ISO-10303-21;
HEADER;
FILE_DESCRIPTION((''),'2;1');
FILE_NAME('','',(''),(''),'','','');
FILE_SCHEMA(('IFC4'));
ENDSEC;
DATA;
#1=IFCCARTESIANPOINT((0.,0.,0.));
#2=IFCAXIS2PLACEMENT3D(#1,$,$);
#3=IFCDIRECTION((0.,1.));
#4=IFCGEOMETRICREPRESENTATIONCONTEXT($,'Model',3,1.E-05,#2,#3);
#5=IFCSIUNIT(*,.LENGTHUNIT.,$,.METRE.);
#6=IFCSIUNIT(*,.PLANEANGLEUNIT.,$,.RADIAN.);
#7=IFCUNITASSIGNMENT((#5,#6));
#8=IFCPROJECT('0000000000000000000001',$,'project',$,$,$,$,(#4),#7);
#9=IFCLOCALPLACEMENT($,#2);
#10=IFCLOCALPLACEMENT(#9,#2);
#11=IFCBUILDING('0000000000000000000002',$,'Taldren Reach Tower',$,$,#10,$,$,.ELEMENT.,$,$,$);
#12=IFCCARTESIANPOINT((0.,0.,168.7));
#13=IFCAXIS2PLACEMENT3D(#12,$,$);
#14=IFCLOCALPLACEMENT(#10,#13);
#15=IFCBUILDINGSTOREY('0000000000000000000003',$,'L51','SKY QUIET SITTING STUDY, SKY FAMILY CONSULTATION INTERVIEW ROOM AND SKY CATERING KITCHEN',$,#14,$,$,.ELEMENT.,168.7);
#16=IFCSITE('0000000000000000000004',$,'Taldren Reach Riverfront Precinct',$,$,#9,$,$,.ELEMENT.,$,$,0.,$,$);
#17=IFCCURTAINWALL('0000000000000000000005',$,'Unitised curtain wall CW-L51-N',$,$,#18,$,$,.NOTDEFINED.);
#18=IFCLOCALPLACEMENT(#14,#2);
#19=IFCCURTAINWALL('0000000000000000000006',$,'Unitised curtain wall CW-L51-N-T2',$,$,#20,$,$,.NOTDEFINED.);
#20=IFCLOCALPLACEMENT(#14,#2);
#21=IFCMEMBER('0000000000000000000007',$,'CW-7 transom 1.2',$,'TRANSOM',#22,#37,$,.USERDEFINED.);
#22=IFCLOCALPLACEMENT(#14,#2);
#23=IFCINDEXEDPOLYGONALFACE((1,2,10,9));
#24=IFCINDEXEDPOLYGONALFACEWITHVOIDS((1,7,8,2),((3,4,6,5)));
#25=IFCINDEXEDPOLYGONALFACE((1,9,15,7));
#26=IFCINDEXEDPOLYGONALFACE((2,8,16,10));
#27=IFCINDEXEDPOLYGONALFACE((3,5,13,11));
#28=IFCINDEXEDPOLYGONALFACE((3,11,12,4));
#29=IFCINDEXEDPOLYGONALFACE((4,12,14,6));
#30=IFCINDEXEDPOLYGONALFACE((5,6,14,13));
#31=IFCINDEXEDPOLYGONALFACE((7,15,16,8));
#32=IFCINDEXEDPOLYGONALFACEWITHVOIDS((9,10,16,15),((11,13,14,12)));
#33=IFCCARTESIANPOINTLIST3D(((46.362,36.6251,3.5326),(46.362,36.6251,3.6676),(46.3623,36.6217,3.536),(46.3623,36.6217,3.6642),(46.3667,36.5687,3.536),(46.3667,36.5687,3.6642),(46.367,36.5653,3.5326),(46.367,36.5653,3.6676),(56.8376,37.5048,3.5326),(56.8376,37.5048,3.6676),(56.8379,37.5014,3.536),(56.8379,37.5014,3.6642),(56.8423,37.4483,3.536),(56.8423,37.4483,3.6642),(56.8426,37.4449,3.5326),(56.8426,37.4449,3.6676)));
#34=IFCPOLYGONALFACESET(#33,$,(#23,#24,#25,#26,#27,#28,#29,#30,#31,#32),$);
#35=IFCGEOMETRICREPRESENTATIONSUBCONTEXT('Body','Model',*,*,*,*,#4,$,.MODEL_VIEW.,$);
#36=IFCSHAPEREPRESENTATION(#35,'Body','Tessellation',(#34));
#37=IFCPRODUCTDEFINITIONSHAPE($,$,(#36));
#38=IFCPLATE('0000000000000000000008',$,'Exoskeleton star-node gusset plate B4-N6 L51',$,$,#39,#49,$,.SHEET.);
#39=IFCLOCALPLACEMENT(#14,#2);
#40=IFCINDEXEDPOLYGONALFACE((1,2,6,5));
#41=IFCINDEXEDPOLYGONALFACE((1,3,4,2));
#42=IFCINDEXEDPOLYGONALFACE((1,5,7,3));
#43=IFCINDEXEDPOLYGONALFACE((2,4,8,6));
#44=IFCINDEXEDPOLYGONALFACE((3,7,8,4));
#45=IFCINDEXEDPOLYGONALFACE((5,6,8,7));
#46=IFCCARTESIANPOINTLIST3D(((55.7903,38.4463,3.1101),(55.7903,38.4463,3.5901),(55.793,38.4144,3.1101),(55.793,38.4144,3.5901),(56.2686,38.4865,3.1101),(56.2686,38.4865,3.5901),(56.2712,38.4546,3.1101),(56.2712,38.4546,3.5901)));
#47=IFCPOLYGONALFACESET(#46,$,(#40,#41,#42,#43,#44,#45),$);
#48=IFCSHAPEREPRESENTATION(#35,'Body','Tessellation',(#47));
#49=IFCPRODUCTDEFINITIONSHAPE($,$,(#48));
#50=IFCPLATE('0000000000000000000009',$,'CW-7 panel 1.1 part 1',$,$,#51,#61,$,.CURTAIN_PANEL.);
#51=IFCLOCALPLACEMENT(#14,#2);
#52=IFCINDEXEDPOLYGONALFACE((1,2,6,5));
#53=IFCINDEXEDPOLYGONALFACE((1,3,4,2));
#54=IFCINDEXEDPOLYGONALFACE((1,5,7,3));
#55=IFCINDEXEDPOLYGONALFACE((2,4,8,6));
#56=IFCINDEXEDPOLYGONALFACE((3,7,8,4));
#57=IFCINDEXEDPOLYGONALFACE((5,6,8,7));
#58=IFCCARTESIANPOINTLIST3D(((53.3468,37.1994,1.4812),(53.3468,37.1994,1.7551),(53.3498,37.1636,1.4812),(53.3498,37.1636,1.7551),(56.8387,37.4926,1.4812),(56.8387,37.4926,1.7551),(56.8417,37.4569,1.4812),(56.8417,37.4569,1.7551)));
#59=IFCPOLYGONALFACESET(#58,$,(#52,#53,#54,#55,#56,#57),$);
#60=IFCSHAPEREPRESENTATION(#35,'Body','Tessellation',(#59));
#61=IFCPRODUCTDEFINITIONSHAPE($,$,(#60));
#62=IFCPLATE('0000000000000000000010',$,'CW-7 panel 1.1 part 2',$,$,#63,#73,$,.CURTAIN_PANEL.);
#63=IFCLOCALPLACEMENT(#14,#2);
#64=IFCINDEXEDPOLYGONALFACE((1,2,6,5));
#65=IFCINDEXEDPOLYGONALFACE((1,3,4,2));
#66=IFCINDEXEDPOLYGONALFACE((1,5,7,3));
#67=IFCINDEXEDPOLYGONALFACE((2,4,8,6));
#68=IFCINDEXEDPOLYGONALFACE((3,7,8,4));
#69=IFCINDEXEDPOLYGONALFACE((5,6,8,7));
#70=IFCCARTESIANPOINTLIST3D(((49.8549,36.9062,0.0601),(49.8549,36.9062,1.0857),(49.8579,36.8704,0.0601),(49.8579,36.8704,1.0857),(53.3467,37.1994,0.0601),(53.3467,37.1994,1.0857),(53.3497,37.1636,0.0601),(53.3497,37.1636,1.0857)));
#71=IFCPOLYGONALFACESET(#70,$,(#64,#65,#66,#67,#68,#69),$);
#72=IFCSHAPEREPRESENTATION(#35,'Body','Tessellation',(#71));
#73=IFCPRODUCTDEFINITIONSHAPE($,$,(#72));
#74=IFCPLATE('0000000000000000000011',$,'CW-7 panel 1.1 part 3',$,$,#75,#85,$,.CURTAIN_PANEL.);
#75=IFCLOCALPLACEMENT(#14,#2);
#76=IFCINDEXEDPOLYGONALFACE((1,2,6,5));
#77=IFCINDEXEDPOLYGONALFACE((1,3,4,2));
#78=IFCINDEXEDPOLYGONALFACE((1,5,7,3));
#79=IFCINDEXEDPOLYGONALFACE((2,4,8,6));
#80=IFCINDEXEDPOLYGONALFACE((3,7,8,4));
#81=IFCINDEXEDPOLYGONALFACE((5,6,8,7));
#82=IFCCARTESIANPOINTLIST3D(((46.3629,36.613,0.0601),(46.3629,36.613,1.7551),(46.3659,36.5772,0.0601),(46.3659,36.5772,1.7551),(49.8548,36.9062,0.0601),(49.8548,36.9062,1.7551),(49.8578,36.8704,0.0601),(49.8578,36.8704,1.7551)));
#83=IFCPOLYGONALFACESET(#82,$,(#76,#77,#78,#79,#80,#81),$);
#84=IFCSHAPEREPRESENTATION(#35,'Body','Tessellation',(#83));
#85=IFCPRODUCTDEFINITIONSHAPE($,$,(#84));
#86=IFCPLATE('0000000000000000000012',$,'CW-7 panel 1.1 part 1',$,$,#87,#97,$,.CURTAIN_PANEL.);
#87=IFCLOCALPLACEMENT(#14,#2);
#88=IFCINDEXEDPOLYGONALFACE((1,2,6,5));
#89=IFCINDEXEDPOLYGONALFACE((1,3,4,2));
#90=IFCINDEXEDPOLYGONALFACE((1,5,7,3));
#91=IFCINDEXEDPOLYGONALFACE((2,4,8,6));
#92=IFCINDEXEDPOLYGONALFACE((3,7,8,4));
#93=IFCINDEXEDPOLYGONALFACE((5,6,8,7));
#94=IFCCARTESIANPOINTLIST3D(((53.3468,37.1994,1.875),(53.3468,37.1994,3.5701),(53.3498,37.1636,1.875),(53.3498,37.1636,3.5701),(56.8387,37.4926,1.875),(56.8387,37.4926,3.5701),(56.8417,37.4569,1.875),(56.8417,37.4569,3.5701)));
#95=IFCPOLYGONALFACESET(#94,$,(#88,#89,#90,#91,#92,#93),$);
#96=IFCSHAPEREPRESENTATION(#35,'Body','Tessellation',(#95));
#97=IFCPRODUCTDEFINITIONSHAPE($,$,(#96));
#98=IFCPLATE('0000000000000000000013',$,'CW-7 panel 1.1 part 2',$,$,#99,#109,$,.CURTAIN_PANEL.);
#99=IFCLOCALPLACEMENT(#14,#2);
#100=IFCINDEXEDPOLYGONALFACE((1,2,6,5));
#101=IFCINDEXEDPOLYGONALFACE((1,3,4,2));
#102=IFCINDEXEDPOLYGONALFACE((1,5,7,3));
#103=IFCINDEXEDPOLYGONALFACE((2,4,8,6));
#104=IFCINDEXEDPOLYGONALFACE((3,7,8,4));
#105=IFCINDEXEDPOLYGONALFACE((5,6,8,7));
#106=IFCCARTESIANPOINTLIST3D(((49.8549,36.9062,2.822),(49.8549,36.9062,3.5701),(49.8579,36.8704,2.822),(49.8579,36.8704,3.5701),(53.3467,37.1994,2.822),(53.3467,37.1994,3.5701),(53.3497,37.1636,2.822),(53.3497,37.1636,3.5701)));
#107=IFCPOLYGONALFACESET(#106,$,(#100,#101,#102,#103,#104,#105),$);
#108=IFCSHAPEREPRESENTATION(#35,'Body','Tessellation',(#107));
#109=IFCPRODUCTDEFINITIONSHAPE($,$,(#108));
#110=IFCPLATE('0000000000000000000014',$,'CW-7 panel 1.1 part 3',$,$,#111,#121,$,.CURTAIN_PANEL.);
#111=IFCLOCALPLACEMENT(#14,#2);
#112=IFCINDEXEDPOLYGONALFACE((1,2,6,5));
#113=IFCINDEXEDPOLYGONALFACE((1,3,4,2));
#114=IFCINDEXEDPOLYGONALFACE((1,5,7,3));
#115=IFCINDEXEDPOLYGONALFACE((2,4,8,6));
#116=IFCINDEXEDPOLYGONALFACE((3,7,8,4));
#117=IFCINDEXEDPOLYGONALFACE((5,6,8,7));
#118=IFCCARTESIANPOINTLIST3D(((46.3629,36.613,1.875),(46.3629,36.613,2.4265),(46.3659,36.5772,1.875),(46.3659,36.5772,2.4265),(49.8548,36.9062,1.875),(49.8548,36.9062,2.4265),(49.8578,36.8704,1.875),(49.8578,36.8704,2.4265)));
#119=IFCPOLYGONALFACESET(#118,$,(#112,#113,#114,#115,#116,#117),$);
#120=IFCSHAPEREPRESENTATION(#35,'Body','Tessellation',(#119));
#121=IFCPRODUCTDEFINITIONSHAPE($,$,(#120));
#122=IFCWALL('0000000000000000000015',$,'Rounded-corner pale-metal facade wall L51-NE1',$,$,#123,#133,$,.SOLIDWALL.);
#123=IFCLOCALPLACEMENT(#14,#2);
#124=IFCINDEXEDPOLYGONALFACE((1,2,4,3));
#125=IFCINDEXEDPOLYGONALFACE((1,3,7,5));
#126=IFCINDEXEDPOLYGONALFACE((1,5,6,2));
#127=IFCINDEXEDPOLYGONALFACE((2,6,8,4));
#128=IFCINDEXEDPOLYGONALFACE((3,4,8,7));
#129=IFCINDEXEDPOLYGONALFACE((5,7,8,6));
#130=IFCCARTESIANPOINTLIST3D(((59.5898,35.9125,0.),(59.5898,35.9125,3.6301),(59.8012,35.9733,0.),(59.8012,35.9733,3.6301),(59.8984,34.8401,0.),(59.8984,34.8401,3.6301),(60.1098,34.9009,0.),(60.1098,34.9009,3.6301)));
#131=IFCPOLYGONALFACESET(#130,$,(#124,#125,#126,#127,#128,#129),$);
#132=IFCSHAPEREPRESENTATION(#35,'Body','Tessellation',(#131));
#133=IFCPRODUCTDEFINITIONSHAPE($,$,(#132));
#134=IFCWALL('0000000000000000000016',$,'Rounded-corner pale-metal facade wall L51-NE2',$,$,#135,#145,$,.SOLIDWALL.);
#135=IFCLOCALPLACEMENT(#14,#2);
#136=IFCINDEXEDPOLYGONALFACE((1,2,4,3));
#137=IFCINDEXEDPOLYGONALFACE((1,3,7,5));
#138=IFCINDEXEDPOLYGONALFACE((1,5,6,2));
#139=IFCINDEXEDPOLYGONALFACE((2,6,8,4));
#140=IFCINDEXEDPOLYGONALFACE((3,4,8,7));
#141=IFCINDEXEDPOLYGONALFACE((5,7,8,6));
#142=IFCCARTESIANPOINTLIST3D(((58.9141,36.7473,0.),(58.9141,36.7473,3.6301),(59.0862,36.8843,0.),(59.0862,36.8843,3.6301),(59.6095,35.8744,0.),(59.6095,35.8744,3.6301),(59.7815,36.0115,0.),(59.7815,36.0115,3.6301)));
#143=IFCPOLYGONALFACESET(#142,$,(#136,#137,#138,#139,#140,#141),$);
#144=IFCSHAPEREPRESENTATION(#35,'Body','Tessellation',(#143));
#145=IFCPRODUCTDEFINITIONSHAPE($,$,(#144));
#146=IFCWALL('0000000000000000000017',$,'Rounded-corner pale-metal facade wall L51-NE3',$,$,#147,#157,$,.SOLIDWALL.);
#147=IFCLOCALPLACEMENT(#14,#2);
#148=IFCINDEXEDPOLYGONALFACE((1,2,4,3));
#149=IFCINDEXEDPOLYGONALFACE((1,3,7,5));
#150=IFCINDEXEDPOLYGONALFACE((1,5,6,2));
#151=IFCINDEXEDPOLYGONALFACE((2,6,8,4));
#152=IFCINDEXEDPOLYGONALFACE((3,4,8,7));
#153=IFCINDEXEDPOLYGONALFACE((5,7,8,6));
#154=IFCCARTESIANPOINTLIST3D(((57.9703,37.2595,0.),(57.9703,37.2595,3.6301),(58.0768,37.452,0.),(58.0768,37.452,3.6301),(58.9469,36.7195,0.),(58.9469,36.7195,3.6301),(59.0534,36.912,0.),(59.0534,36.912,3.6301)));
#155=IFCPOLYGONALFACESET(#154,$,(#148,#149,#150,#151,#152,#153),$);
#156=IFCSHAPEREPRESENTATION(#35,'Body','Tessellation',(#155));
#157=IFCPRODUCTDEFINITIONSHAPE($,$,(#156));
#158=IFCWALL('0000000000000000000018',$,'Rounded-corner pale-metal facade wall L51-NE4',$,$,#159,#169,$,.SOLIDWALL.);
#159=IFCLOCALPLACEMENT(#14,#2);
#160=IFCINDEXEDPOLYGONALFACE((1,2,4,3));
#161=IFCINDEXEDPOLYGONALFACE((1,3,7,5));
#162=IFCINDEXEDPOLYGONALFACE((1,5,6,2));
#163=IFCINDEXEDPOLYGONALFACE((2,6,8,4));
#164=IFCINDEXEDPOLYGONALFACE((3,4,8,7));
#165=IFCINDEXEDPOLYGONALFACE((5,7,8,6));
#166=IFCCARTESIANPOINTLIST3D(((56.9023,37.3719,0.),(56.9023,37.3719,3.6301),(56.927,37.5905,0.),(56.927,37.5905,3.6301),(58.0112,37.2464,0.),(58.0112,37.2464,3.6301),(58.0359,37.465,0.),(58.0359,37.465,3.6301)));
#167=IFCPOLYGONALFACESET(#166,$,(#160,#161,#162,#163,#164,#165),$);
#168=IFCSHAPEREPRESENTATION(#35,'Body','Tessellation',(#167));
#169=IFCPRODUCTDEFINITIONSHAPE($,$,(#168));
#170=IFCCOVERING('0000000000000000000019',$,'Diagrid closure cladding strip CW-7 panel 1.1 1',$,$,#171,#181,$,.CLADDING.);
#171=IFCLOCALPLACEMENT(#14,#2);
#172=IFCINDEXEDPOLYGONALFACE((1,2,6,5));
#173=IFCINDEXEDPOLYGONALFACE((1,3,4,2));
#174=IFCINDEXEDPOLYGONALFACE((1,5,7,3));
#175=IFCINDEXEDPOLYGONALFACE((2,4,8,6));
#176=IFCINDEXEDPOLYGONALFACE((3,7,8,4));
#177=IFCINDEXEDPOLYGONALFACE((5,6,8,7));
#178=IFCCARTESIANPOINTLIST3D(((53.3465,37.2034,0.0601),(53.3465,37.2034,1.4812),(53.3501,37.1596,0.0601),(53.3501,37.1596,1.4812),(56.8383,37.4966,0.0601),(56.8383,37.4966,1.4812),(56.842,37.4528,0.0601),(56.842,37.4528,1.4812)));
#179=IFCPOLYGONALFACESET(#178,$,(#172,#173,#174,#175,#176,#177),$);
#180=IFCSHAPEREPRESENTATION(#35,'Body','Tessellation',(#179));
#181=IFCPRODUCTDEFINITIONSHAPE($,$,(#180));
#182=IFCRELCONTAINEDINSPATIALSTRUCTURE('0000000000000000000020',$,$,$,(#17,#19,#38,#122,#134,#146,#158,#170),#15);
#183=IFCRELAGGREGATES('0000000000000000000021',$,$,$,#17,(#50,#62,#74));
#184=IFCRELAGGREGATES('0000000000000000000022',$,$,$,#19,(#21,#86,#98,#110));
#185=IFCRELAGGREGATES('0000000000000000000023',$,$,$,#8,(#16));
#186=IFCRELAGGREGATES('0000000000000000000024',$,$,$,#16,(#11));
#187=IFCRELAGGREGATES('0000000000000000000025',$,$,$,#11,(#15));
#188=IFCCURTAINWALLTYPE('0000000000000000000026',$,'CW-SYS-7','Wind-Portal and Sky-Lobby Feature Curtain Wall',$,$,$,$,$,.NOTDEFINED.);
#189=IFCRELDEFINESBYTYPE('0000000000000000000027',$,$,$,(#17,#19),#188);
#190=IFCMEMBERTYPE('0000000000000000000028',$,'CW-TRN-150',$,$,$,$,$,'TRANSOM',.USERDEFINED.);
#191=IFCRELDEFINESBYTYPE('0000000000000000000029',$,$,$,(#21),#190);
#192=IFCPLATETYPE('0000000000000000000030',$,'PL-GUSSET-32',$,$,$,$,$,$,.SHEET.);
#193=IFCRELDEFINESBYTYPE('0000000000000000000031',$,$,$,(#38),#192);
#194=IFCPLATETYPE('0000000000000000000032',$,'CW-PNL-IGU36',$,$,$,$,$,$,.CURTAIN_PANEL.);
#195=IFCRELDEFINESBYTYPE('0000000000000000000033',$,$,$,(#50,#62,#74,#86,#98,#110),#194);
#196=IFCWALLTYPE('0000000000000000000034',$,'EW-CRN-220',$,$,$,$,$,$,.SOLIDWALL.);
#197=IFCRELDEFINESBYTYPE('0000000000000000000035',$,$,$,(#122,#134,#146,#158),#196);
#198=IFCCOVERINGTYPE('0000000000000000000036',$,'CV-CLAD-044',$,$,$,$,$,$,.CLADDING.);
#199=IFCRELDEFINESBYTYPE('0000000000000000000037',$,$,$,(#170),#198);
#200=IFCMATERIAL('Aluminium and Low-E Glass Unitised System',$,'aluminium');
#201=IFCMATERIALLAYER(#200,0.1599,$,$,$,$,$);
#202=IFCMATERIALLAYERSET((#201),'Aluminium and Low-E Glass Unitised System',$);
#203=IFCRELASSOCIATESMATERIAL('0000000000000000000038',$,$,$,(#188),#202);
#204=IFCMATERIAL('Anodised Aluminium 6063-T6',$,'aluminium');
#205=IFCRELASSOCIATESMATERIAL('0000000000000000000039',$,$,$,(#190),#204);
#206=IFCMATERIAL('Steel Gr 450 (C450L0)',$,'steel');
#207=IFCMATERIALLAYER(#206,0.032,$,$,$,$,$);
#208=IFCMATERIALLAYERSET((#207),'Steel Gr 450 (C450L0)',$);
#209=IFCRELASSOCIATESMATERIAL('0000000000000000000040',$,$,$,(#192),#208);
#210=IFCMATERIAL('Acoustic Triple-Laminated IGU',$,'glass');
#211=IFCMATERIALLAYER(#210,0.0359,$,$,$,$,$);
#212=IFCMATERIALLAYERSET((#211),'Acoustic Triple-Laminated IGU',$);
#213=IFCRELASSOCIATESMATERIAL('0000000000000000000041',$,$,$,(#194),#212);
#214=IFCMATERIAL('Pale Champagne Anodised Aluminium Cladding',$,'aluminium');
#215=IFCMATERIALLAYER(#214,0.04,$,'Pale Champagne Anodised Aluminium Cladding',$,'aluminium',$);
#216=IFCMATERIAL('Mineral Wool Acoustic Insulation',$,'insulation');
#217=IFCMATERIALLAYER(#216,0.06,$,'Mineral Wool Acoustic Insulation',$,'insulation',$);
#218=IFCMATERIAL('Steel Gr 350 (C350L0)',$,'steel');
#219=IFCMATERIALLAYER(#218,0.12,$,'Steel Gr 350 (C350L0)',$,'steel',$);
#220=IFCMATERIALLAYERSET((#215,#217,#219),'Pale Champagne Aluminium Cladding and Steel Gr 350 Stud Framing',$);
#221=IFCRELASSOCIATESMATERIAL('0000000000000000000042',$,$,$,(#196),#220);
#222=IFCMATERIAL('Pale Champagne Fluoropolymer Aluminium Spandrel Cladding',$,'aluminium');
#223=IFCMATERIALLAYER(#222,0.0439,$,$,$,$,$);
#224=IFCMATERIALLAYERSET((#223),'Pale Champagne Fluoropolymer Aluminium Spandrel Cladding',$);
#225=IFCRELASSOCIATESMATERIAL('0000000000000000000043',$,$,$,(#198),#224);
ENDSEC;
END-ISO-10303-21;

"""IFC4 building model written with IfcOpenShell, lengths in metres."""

from ifc_helpers import new_model, si_unit, direction, frame, frame_2d, origin, origin_2d, place, context, subcontext, project, spatial, rectangle, hollow_rectangle, extrude, source, transform, mapped, material, layer, layer_set, material_profile, profile_set, type_object, element, aggregate, save


model = new_model("IFC4")

# Units and contexts
model_context = context("Model", 3, precision=1e-05, world=origin(), true_north=direction((0.0, 1.0)))
body_context = subcontext(model_context, "Body", "Model", "MODEL_VIEW")
ifc_project = project(units=[si_unit("LENGTHUNIT", "METRE"), si_unit("PLANEANGLEUNIT", "RADIAN")], contexts=[model_context])

# Site, building, storey
site_placement = place(None, origin())
site = spatial("IfcSite", under=ifc_project, at=site_placement, Name="Taldren Reach Riverfront Precinct", CompositionType="ELEMENT", RefElevation=0.0)
building_placement = place(site_placement, origin())
building = spatial("IfcBuilding", under=site, at=building_placement, Name="Taldren Reach Tower", CompositionType="ELEMENT")
storey_placement = place(building_placement, frame((0.0, 0.0, 168.7)))
storey = spatial("IfcBuildingStorey", under=building, at=storey_placement, Name="L51", Description="SKY QUIET SITTING STUDY, SKY FAMILY CONSULTATION INTERVIEW ROOM AND SKY CATERING KITCHEN", CompositionType="ELEMENT", Elevation=168.7)

# Shared definitions
ifc_material_1 = material(Name="Steel Gr 350 (C350L0)", Category="steel")

# Shared definitions
ifc_material_2 = material(Name="Steel Gr 450 (C450L0)", Category="steel")

# Curtain walls
ifc_material_3 = material(Name="Aluminium and Low-E Glass Unitised System", Category="aluminium")
ifc_layer_1 = layer(ifc_material_3, 0.1599)
ifc_layer_set_1 = layer_set([ifc_layer_1], Name="Aluminium and Low-E Glass Unitised System")
curtain_wall_type = type_object("IfcCurtainWallType", Name="CW-SYS-7", Description="Wind-Portal and Sky-Lobby Feature Curtain Wall", PredefinedType="NOTDEFINED", material=ifc_layer_set_1)
curtain_wall_1_placement = place(storey_placement, origin())
curtain_wall_1 = element("IfcCurtainWall", 1, at=curtain_wall_1_placement, inside=storey, type_object=curtain_wall_type, Name="Unitised curtain wall CW-L51-N", PredefinedType="NOTDEFINED")
ifc_material_4 = material(Name="Anodised Aluminium 6063-T6", Category="aluminium")
curtain_wall_2_placement = place(storey_placement, origin())
curtain_wall_2 = element("IfcCurtainWall", 2, at=curtain_wall_2_placement, inside=storey, type_object=curtain_wall_type, Name="Unitised curtain wall CW-L51-N-T2", PredefinedType="NOTDEFINED")

# Member
ifc_material_profile_1 = material_profile(ifc_material_4, hollow_rectangle(XDim=0.0601, YDim=0.135, WallThickness=0.0034, at=origin_2d()), Name="ALU-135x60x3.5RHS")
ifc_profile_set_1 = profile_set([ifc_material_profile_1], Name="Anodised Aluminium 6063-T6")
member_type_1 = type_object("IfcMemberType", Name="CW-TRN-150", ElementType="TRANSOM", PredefinedType="USERDEFINED", material=ifc_profile_set_1)
shared_shape_1 = source(origin(), body_context, "Body", "SweptSolid", [
    extrude(hollow_rectangle(XDim=0.0601, YDim=0.135, WallThickness=0.0034, at=origin_2d()), origin(), (0.0, 0.0, 1.0), 10.5125),
])
member_1_placement = place(storey_placement, frame((56.8401, 37.4749, 3.6001), z_axis=(-0.996493, -0.083676, 0.0), x_axis=(0.083676, -0.996493, 0.0)))
member_1 = element("IfcMember", 3, at=member_1_placement, type_object=member_type_1, Name="CW-7 transom 1.2", ObjectType="TRANSOM", PredefinedType="USERDEFINED", context=body_context, shape_type="MappedRepresentation", body=[
    mapped(shared_shape_1, transform((0.0, 0.0, 0.0), scale=1.0)),
])

# Plates
ifc_layer_2 = layer(ifc_material_2, 0.032)
ifc_layer_set_2 = layer_set([ifc_layer_2], Name="Steel Gr 450 (C450L0)")
plate_type_1 = type_object("IfcPlateType", Name="PL-GUSSET-32", PredefinedType="SHEET", material=ifc_layer_set_2)
shared_shape_2 = source(origin(), body_context, "Body", "SweptSolid", [
    extrude(rectangle(XDim=0.48, YDim=0.032, at=origin_2d()), origin(), (0.0, 0.0, 1.0), 0.48),
])
plate_1_placement = place(storey_placement, frame((56.0308, 38.4504, 3.1101), z_axis=(0.0, 0.0, 1.0), x_axis=(0.996493, 0.083678, 0.0)))
element("IfcPlate", 4, at=plate_1_placement, inside=storey, type_object=plate_type_1, Name="Exoskeleton star-node gusset plate B4-N6 L51", PredefinedType="SHEET", context=body_context, shape_type="MappedRepresentation", body=[
    mapped(shared_shape_2, transform((0.0, 0.0, 0.0), scale=1.0)),
])
ifc_material_5 = material(Name="Acoustic Triple-Laminated IGU", Category="glass")
ifc_layer_3 = layer(ifc_material_5, 0.0359)
ifc_layer_set_3 = layer_set([ifc_layer_3], Name="Acoustic Triple-Laminated IGU")
plate_type_2 = type_object("IfcPlateType", Name="CW-PNL-IGU36", PredefinedType="CURTAIN_PANEL", material=ifc_layer_set_3)
shared_shape_3 = source(origin(), body_context, "Body", "SweptSolid", [
    extrude(rectangle(XDim=3.5042, YDim=0.0359, at=origin_2d()), origin(), (0.0, 0.0, 1.0), 0.2739),
])
plate_2_placement = place(storey_placement, frame((55.0942, 37.3281, 1.4812), z_axis=(0.0, 0.0, 1.0), x_axis=(-0.996493, -0.083678, 0.0)))
plate_2 = element("IfcPlate", 5, at=plate_2_placement, type_object=plate_type_2, Name="CW-7 panel 1.1 part 1", PredefinedType="CURTAIN_PANEL", context=body_context, shape_type="MappedRepresentation", body=[
    mapped(shared_shape_3, transform((0.0, 0.0, 0.0), scale=1.0)),
])
shared_shape_4 = source(origin(), body_context, "Body", "SweptSolid", [
    extrude(rectangle(XDim=3.5042, YDim=0.0359, at=origin_2d()), origin(), (0.0, 0.0, 1.0), 1.0256),
])
plate_3_placement = place(storey_placement, frame((51.6023, 37.0349, 0.0601), z_axis=(0.0, 0.0, 1.0), x_axis=(-0.996493, -0.083678, 0.0)))
plate_3 = element("IfcPlate", 6, at=plate_3_placement, type_object=plate_type_2, Name="CW-7 panel 1.1 part 2", PredefinedType="CURTAIN_PANEL", context=body_context, shape_type="MappedRepresentation", body=[
    mapped(shared_shape_4, transform((0.0, 0.0, 0.0), scale=1.0)),
])
shared_shape_5 = source(origin(), body_context, "Body", "SweptSolid", [
    extrude(rectangle(XDim=3.5042, YDim=0.0359, at=origin_2d()), origin(), (0.0, 0.0, 1.0), 1.6951),
])
plate_4_placement = place(storey_placement, frame((48.1104, 36.7417, 0.0601), z_axis=(0.0, 0.0, 1.0), x_axis=(-0.996493, -0.083678, 0.0)))
plate_4 = element("IfcPlate", 7, at=plate_4_placement, type_object=plate_type_2, Name="CW-7 panel 1.1 part 3", PredefinedType="CURTAIN_PANEL", context=body_context, shape_type="MappedRepresentation", body=[
    mapped(shared_shape_5, transform((0.0, 0.0, 0.0), scale=1.0)),
])
aggregate(curtain_wall_1, [plate_2, plate_3, plate_4])
plate_5_placement = place(storey_placement, frame((55.0942, 37.3281, 1.875), z_axis=(0.0, 0.0, 1.0), x_axis=(-0.996493, -0.083678, 0.0)))
plate_5 = element("IfcPlate", 8, at=plate_5_placement, type_object=plate_type_2, Name="CW-7 panel 1.1 part 1", PredefinedType="CURTAIN_PANEL", context=body_context, shape_type="MappedRepresentation", body=[
    mapped(shared_shape_5, transform((0.0, 0.0, 0.0), scale=1.0)),
])
shared_shape_6 = source(origin(), body_context, "Body", "SweptSolid", [
    extrude(rectangle(XDim=3.5042, YDim=0.0359, at=origin_2d()), origin(), (0.0, 0.0, 1.0), 0.748),
])
plate_6_placement = place(storey_placement, frame((51.6023, 37.0349, 2.822), z_axis=(0.0, 0.0, 1.0), x_axis=(-0.996493, -0.083678, 0.0)))
plate_6 = element("IfcPlate", 9, at=plate_6_placement, type_object=plate_type_2, Name="CW-7 panel 1.1 part 2", PredefinedType="CURTAIN_PANEL", context=body_context, shape_type="MappedRepresentation", body=[
    mapped(shared_shape_6, transform((0.0, 0.0, 0.0), scale=1.0)),
])
shared_shape_7 = source(origin(), body_context, "Body", "SweptSolid", [
    extrude(rectangle(XDim=3.5042, YDim=0.0359, at=origin_2d()), origin(), (0.0, 0.0, 1.0), 0.5515),
])
plate_7_placement = place(storey_placement, frame((48.1104, 36.7417, 1.875), z_axis=(0.0, 0.0, 1.0), x_axis=(-0.996493, -0.083678, 0.0)))
plate_7 = element("IfcPlate", 10, at=plate_7_placement, type_object=plate_type_2, Name="CW-7 panel 1.1 part 3", PredefinedType="CURTAIN_PANEL", context=body_context, shape_type="MappedRepresentation", body=[
    mapped(shared_shape_7, transform((0.0, 0.0, 0.0), scale=1.0)),
])
aggregate(curtain_wall_2, [member_1, plate_5, plate_6, plate_7])

# Walls
ifc_material_6 = material(Name="Pale Champagne Anodised Aluminium Cladding", Category="aluminium")
ifc_layer_4 = layer(ifc_material_6, 0.04, Name="Pale Champagne Anodised Aluminium Cladding", Category="aluminium")
ifc_material_7 = material(Name="Mineral Wool Acoustic Insulation", Category="insulation")
ifc_layer_5 = layer(ifc_material_7, 0.06, Name="Mineral Wool Acoustic Insulation", Category="insulation")
ifc_layer_6 = layer(ifc_material_1, 0.12, Name="Steel Gr 350 (C350L0)", Category="steel")
ifc_layer_set_4 = layer_set([ifc_layer_4, ifc_layer_5, ifc_layer_6], Name="Pale Champagne Aluminium Cladding and Steel Gr 350 Stud Framing")
wall_type = type_object("IfcWallType", Name="EW-CRN-220", PredefinedType="SOLIDWALL", material=ifc_layer_set_4)
shared_shape_8 = source(origin(), body_context, "Body", "SweptSolid", [
    extrude(rectangle(XDim=1.116, YDim=0.22, at=frame_2d((0.5581, 0.0))), origin(), (0.0, 0.0, 1.0), 3.6301),
])
for number, where, z_axis, x_axis, name in (
    (11, (60.0042, 34.8704, 0.0), (0.0, 0.0, 1.0), (-0.276512, 0.96101, 0.0), "Rounded-corner pale-metal facade wall L51-NE1"),
    (12, (59.6956, 35.9429, 0.0), (0.0, 0.0, 1.0), (-0.623093, 0.782148, 0.0), "Rounded-corner pale-metal facade wall L51-NE2"),
    (13, (59.0002, 36.8157, 0.0), (0.0, 0.0, 1.0), (-0.875105, 0.483933, 0.0), "Rounded-corner pale-metal facade wall L51-NE3"),
    (14, (58.0237, 37.3557, 0.0), (0.0, 0.0, 1.0), (-0.993658, 0.112448, 0.0), "Rounded-corner pale-metal facade wall L51-NE4"),
):
    element("IfcWall", number, at=place(storey_placement, frame(where, z_axis=z_axis, x_axis=x_axis)), inside=storey, type_object=wall_type, Name=name, PredefinedType="SOLIDWALL", context=body_context, shape_type="MappedRepresentation", body=[
        mapped(shared_shape_8, transform((0.0, 0.0, 0.0), scale=1.0)),
    ])

# Covering
ifc_material_8 = material(Name="Pale Champagne Fluoropolymer Aluminium Spandrel Cladding", Category="aluminium")
ifc_layer_7 = layer(ifc_material_8, 0.0439)
ifc_layer_set_5 = layer_set([ifc_layer_7], Name="Pale Champagne Fluoropolymer Aluminium Spandrel Cladding")
covering_type = type_object("IfcCoveringType", Name="CV-CLAD-044", PredefinedType="CLADDING", material=ifc_layer_set_5)
shared_shape_9 = source(origin(), body_context, "Body", "SweptSolid", [
    extrude(rectangle(XDim=3.5042, YDim=0.0439, at=origin_2d()), origin(), (0.0, 0.0, 1.0), 1.4211),
])
covering_1_placement = place(storey_placement, frame((55.0942, 37.3281, 0.0601), z_axis=(0.0, 0.0, 1.0), x_axis=(-0.996493, -0.083678, 0.0)))
element("IfcCovering", 15, at=covering_1_placement, inside=storey, type_object=covering_type, Name="Diagrid closure cladding strip CW-7 panel 1.1 1", PredefinedType="CLADDING", context=body_context, shape_type="MappedRepresentation", body=[
    mapped(shared_shape_9, transform((0.0, 0.0, 0.0), scale=1.0)),
])

save(model, "model.ifc")
